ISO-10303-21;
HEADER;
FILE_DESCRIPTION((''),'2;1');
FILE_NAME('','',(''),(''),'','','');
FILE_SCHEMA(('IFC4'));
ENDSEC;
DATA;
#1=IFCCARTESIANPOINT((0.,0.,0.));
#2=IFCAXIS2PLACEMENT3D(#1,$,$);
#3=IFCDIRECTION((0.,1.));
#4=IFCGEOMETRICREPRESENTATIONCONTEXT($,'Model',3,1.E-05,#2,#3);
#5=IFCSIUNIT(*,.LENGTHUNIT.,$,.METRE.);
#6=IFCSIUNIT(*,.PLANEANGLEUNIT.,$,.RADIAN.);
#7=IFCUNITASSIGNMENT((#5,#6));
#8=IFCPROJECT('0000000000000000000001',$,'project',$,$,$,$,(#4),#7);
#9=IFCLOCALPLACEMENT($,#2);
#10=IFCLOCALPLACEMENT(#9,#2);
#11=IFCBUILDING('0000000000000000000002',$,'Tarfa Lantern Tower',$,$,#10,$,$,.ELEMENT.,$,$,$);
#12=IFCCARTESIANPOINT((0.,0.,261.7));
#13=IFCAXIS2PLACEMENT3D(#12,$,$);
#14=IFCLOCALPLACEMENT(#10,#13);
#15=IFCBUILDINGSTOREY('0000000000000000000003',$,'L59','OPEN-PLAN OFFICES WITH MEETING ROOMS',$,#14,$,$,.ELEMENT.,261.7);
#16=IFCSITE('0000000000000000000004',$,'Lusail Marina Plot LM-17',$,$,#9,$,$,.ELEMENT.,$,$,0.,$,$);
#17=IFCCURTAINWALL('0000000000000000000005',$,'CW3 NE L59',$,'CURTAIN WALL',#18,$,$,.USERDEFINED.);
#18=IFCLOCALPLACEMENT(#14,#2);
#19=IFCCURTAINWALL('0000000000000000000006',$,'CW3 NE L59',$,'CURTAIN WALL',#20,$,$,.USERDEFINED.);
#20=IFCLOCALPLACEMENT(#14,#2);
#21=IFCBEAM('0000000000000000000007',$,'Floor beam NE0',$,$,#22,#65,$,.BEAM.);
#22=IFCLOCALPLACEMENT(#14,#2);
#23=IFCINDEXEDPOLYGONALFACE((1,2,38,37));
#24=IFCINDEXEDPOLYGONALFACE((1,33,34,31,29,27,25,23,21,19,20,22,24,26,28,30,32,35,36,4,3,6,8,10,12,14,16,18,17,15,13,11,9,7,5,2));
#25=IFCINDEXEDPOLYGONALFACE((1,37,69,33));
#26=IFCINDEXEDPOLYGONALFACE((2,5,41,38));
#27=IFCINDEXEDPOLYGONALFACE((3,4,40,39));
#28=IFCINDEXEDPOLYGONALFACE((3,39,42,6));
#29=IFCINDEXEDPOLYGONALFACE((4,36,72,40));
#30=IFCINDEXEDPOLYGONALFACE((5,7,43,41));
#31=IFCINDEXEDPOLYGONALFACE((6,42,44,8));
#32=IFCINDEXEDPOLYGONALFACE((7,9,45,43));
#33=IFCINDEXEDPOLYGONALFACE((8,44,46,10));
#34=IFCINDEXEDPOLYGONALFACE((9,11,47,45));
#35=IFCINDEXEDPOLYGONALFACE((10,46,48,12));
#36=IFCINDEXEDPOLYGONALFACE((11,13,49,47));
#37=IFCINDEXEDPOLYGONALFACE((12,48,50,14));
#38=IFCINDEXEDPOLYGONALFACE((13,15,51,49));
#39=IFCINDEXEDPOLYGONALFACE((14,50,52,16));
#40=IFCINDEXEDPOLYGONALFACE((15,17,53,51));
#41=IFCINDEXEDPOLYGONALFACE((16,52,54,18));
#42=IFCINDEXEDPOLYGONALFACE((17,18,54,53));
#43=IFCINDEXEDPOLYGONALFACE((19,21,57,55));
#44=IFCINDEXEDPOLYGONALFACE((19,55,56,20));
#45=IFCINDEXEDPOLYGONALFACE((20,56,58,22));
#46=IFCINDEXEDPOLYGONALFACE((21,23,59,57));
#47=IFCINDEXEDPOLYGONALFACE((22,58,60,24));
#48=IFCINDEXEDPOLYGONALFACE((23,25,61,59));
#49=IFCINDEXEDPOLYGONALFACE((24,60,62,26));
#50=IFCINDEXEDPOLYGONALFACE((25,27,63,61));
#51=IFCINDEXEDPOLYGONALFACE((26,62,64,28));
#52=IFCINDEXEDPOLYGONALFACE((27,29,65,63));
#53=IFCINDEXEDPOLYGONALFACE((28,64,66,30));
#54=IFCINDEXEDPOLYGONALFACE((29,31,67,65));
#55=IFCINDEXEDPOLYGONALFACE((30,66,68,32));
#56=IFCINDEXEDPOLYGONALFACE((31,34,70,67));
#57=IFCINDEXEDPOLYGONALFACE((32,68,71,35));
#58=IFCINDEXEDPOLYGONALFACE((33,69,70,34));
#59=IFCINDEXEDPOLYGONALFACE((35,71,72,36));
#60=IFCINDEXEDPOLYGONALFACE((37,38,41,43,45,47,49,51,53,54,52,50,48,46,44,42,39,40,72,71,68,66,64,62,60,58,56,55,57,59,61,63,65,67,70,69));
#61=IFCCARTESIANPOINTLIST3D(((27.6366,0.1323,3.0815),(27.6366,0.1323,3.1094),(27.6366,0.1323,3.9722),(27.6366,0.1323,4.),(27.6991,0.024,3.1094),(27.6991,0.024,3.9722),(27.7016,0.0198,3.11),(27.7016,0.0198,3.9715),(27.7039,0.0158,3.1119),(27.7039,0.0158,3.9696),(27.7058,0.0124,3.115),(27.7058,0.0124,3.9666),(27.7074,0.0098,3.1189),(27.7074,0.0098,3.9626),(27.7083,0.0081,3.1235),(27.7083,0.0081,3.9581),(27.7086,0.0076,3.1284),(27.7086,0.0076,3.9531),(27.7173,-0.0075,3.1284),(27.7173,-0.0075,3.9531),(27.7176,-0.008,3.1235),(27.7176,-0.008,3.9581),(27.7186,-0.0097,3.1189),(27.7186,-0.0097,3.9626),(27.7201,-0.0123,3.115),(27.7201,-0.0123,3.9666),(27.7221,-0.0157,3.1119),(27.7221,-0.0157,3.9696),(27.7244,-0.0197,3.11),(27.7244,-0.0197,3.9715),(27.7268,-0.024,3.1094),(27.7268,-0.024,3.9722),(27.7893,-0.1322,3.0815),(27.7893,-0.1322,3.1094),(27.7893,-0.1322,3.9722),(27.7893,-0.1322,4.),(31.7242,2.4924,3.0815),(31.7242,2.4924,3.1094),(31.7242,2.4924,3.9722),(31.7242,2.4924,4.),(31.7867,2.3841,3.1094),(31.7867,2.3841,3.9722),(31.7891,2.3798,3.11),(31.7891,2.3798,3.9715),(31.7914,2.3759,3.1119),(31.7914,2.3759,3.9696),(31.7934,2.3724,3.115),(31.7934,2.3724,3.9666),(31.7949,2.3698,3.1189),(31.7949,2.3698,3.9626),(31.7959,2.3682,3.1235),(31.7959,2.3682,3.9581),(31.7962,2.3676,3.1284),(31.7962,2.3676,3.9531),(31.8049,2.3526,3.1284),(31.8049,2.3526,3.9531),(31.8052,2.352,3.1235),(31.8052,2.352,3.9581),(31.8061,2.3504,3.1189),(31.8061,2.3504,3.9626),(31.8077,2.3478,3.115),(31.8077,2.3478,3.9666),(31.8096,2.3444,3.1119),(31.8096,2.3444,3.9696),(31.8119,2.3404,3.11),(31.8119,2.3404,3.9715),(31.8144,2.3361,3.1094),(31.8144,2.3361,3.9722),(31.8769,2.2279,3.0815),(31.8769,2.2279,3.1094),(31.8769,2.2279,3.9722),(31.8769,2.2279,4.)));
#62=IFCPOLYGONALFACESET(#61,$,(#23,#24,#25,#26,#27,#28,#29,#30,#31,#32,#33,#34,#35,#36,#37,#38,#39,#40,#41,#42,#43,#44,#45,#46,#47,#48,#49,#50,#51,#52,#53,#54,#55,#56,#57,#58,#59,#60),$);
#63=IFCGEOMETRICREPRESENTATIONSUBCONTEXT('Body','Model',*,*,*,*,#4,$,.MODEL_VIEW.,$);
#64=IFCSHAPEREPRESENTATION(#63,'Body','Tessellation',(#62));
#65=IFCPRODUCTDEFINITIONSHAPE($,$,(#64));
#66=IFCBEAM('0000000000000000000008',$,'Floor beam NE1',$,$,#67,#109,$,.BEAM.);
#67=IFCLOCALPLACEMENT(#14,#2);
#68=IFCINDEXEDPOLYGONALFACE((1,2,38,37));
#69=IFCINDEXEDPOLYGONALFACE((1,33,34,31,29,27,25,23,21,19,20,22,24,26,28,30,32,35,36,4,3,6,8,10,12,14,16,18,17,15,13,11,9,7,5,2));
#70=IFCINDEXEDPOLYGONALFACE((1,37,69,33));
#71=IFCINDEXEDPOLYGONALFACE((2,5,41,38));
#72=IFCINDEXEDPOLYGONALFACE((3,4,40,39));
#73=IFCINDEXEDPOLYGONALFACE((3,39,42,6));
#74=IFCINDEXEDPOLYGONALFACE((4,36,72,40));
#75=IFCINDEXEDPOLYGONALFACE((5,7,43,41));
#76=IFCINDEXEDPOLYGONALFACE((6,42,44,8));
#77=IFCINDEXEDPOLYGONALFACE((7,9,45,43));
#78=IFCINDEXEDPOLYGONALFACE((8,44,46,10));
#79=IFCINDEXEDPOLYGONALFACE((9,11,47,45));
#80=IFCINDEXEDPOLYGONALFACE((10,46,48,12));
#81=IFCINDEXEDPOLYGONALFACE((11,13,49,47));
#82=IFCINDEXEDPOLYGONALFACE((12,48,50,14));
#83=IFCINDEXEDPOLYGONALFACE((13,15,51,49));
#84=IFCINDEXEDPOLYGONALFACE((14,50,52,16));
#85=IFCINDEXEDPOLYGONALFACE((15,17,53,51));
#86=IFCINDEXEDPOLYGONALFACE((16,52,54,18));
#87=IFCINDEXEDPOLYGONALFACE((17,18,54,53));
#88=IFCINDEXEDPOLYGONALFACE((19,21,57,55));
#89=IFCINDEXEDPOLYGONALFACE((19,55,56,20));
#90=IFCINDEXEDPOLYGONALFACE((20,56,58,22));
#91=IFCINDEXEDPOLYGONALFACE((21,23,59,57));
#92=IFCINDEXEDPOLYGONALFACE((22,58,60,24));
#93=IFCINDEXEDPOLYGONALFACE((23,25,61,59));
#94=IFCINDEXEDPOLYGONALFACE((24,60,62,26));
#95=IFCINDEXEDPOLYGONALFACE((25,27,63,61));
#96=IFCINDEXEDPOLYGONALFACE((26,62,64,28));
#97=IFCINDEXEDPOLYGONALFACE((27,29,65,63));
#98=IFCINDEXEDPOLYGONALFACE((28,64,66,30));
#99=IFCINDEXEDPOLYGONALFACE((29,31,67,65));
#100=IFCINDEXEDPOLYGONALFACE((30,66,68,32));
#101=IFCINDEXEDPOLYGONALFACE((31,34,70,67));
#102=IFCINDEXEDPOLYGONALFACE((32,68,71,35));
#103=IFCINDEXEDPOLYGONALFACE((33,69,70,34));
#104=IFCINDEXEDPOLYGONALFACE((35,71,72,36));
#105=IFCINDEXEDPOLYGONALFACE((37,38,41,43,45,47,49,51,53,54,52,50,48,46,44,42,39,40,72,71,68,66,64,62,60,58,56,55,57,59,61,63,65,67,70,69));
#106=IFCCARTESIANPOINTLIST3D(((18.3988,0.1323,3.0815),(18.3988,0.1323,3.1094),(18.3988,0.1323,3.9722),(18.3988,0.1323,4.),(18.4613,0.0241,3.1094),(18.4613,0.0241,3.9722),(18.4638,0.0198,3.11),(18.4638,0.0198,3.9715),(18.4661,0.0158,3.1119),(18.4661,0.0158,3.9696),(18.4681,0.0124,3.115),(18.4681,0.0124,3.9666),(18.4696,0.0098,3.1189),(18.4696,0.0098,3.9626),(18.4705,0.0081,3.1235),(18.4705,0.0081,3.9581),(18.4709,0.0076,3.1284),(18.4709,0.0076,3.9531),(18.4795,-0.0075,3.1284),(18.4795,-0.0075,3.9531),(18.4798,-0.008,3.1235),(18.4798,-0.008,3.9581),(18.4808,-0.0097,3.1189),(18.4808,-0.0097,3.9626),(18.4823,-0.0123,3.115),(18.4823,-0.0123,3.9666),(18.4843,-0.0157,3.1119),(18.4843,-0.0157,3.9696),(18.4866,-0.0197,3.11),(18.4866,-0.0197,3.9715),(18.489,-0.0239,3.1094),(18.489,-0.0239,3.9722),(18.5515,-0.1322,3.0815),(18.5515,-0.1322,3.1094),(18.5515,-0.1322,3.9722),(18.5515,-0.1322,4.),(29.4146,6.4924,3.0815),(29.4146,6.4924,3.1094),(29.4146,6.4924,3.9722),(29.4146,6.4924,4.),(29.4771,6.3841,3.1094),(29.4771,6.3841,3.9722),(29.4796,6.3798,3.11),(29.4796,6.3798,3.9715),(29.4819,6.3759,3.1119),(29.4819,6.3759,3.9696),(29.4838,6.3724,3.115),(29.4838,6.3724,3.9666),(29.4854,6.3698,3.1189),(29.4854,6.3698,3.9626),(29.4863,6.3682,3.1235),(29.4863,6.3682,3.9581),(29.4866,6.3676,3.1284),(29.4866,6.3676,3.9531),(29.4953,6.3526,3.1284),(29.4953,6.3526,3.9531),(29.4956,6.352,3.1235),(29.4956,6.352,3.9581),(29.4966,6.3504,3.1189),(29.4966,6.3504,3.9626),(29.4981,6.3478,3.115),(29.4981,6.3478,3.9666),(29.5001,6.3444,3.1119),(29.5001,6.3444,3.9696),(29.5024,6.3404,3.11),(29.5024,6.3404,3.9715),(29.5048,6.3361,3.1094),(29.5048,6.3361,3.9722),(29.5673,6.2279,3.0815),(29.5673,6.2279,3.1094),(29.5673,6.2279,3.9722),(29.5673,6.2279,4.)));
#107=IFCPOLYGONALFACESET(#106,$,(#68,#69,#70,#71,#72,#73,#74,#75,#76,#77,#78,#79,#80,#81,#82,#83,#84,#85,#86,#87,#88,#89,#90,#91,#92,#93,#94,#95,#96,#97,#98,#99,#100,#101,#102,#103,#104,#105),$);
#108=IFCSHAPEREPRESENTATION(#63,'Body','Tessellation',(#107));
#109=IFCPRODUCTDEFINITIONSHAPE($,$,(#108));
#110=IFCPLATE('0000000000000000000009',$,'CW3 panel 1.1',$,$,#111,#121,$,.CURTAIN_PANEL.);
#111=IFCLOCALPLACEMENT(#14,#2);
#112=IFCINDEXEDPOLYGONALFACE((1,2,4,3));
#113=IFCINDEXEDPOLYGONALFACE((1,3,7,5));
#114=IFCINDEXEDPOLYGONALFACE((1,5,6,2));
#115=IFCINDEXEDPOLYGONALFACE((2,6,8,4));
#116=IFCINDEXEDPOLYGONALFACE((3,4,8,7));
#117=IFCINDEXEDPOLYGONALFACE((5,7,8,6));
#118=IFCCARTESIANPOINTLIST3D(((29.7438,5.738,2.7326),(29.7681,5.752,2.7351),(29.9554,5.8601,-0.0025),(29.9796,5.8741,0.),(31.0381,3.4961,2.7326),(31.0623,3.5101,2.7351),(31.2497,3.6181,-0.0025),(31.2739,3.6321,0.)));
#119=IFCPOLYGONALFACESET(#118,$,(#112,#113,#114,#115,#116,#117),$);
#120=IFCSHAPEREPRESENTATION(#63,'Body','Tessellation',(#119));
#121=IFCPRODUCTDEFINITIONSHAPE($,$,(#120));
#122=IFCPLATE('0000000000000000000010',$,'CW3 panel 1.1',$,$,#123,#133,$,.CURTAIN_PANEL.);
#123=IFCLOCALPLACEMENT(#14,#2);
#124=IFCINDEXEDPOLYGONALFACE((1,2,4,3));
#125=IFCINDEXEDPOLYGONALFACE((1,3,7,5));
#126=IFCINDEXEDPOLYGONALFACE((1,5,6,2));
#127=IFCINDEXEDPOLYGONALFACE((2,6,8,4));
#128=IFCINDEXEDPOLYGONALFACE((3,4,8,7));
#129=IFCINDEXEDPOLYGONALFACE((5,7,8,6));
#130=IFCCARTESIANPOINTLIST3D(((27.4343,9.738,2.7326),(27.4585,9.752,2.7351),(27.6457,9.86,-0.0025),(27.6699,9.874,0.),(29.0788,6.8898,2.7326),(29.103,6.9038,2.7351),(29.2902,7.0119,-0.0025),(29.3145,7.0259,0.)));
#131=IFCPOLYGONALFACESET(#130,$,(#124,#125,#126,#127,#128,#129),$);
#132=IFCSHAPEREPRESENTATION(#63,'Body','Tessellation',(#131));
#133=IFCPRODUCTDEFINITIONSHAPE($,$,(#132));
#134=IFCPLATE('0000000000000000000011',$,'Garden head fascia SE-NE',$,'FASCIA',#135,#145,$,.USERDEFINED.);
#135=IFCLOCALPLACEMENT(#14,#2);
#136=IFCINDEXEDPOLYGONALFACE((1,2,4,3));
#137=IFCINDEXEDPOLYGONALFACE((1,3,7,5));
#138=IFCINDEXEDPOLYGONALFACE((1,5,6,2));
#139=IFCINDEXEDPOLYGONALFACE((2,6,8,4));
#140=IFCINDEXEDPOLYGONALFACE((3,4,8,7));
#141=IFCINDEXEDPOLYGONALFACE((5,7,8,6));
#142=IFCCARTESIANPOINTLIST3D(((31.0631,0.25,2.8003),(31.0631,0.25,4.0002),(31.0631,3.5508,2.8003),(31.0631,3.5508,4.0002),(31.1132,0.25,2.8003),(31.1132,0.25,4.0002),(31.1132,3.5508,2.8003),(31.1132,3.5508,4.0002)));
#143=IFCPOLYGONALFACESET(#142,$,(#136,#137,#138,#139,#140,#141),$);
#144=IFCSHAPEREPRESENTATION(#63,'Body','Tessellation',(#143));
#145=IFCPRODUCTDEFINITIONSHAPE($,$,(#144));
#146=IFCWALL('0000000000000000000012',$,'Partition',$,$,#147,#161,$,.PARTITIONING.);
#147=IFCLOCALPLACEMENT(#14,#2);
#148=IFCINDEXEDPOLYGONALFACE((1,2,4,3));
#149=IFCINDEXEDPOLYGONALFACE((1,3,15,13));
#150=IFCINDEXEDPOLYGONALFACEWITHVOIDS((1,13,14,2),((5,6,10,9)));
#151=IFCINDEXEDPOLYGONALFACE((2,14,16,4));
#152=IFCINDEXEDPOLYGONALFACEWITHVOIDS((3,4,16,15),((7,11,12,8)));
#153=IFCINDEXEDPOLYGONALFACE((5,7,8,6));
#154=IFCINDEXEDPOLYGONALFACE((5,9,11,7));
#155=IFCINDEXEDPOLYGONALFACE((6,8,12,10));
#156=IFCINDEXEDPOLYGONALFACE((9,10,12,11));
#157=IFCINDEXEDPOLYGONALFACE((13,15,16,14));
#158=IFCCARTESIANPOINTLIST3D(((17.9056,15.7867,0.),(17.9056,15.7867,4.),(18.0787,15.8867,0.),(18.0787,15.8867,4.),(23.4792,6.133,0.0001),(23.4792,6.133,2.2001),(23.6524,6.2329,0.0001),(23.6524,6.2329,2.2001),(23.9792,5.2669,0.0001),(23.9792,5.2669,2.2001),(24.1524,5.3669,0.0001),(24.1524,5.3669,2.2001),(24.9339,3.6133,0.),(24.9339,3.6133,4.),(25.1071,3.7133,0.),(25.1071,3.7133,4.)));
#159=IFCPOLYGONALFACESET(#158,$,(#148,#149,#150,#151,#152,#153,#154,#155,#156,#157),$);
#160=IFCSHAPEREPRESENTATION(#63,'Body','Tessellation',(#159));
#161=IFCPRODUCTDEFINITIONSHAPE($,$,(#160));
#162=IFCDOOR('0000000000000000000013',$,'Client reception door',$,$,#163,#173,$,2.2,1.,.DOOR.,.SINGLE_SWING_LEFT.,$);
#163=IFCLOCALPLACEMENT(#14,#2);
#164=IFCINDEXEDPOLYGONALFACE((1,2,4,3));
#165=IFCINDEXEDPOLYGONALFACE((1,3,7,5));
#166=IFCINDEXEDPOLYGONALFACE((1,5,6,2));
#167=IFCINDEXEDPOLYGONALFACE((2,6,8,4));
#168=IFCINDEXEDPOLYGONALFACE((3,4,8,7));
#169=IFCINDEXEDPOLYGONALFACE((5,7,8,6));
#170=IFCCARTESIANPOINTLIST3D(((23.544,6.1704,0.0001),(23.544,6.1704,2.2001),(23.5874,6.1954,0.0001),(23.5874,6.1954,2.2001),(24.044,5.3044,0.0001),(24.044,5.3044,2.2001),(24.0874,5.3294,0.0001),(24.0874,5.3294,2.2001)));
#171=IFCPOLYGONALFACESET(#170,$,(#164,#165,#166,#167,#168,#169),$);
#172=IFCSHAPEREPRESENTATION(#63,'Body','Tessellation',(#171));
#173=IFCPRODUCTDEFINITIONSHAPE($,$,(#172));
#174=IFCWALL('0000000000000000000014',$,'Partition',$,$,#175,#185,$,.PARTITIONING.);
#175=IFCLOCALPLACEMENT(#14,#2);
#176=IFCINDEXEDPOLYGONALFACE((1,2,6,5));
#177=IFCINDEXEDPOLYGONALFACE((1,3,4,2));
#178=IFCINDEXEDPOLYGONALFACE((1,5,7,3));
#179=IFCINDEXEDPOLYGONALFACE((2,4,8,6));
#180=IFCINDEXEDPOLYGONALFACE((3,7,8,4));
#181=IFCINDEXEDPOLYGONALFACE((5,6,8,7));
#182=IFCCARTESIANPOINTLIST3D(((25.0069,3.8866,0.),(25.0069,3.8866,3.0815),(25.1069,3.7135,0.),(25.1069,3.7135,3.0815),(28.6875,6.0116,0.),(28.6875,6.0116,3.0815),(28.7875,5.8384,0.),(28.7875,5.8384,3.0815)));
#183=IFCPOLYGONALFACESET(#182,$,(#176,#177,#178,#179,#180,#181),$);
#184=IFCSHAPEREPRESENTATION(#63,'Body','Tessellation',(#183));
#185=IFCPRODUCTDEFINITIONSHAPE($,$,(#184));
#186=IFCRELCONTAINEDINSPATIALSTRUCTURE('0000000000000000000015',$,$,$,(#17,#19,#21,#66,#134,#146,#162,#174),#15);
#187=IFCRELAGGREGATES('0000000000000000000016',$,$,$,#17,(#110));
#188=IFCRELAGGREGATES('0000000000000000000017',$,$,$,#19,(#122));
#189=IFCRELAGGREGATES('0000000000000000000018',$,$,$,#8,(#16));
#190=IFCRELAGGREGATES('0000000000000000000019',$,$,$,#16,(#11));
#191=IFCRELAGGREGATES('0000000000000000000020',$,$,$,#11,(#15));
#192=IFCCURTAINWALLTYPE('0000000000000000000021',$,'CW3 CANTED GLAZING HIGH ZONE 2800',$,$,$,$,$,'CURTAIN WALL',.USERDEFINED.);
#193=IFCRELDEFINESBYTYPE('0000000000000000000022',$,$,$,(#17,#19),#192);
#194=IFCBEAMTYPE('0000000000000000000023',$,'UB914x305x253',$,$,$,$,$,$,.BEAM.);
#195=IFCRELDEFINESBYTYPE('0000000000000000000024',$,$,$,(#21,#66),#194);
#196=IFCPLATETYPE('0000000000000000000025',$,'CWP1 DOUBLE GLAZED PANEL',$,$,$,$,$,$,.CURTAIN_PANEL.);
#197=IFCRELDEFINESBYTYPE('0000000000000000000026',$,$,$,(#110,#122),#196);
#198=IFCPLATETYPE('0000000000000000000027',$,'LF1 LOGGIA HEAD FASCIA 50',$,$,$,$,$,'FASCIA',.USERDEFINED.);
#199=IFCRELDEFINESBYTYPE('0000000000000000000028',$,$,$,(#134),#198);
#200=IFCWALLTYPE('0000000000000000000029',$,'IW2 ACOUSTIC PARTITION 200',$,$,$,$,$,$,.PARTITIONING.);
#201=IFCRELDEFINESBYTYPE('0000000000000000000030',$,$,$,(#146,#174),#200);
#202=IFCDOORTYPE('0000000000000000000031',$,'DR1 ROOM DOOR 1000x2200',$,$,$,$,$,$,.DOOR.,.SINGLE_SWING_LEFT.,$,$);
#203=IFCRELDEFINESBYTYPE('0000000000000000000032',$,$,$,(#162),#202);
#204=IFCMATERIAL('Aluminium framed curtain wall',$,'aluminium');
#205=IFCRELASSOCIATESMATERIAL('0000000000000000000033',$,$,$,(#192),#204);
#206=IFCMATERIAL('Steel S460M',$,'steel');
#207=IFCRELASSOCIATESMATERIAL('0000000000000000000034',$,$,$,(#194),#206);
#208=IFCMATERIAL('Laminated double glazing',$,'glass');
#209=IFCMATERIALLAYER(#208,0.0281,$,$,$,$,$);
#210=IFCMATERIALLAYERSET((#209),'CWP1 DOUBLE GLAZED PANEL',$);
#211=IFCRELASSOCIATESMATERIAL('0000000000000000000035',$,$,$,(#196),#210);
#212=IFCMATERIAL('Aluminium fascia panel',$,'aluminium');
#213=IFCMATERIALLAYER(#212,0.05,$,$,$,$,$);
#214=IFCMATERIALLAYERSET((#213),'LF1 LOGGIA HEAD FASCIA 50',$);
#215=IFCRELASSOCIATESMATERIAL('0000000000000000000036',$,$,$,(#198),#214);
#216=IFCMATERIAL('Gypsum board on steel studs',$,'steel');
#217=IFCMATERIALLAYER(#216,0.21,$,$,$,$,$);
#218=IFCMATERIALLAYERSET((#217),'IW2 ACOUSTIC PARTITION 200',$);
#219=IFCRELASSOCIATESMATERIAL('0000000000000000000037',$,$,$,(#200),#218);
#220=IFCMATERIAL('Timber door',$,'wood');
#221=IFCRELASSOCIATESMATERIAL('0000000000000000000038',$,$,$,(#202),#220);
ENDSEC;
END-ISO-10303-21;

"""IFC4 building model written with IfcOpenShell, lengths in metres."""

from ifc_helpers import new_model, si_unit, direction, frame, frame_2d, origin, origin_2d, place, context, subcontext, project, spatial, polyline, rectangle, i_section, outline, extrude, material, layer, layer_set, material_profile, profile_set, type_object, element, fill, aggregate, save


model = new_model("IFC4")

# Units and contexts
model_context = context("Model", 3, precision=1e-05, world=origin(), true_north=direction((0.0, 1.0)))
body_context = subcontext(model_context, "Body", "Model", "MODEL_VIEW")
ifc_project = project(units=[si_unit("LENGTHUNIT", "METRE"), si_unit("PLANEANGLEUNIT", "RADIAN")], contexts=[model_context])

# Site, building, storey
site_placement = place(None, origin())
site = spatial("IfcSite", under=ifc_project, at=site_placement, Name="Lusail Marina Plot LM-17", CompositionType="ELEMENT", RefElevation=0.0)
building_placement = place(site_placement, origin())
building = spatial("IfcBuilding", under=site, at=building_placement, Name="Tarfa Lantern Tower", CompositionType="ELEMENT")
storey_placement = place(building_placement, frame((0.0, 0.0, 261.7)))
storey = spatial("IfcBuildingStorey", under=building, at=storey_placement, Name="L59", Description="OPEN-PLAN OFFICES WITH MEETING ROOMS", CompositionType="ELEMENT", Elevation=261.7)

# Curtain walls
ifc_material_1 = material(Name="Aluminium framed curtain wall", Category="aluminium")
curtain_wall_type = type_object("IfcCurtainWallType", Name="CW3 CANTED GLAZING HIGH ZONE 2800", ElementType="CURTAIN WALL", PredefinedType="USERDEFINED", material=ifc_material_1)
curtain_wall_1_placement = place(storey_placement, origin())
curtain_wall_1 = element("IfcCurtainWall", 1, at=curtain_wall_1_placement, inside=storey, type_object=curtain_wall_type, Name="CW3 NE L59", ObjectType="CURTAIN WALL", PredefinedType="USERDEFINED")
curtain_wall_2_placement = place(storey_placement, origin())
curtain_wall_2 = element("IfcCurtainWall", 2, at=curtain_wall_2_placement, inside=storey, type_object=curtain_wall_type, Name="CW3 NE L59", ObjectType="CURTAIN WALL", PredefinedType="USERDEFINED")

# Beams
ifc_material_2 = material(Name="Steel S460M", Category="steel")
ifc_material_profile_1 = material_profile(ifc_material_2, i_section(OverallWidth=0.3054, OverallDepth=0.9185, WebThickness=0.0173, FlangeThickness=0.0278, FilletRadius=0.019, at=origin_2d()), Name="UB914x305x253")
ifc_profile_set_1 = profile_set([ifc_material_profile_1], Name="Steel S460M")
beam_type_1 = type_object("IfcBeamType", Name="UB914x305x253", PredefinedType="BEAM", material=ifc_profile_set_1)
beam_1_placement = place(storey_placement, frame((31.8005, 2.3601, 3.5408), z_axis=(-0.866016, -0.500016, 0.0), x_axis=(0.500016, -0.866016, 0.0)))
element("IfcBeam", 3, at=beam_1_placement, inside=storey, type_object=beam_type_1, Name="Floor beam NE0", PredefinedType="BEAM", context=body_context, shape_type="SweptSolid", body=[
    extrude(i_section(OverallWidth=0.3054, OverallDepth=0.9185, WebThickness=0.0173, FlangeThickness=0.0278, FilletRadius=0.019, at=origin_2d()), origin(), (0.0, 0.0, 1.0), 4.72),
])
beam_2_placement = place(storey_placement, frame((29.491, 6.3601, 3.5408), z_axis=(-0.866022, -0.500005, 0.0), x_axis=(0.500005, -0.866022, 0.0)))
element("IfcBeam", 4, at=beam_2_placement, inside=storey, type_object=beam_type_1, Name="Floor beam NE1", PredefinedType="BEAM", context=body_context, shape_type="SweptSolid", body=[
    extrude(i_section(OverallWidth=0.3054, OverallDepth=0.9185, WebThickness=0.0173, FlangeThickness=0.0278, FilletRadius=0.019, at=origin_2d()), origin(), (0.0, 0.0, 1.0), 12.72),
])

# Plates
ifc_material_3 = material(Name="Laminated double glazing", Category="glass")
ifc_layer_1 = layer(ifc_material_3, 0.0281)
ifc_layer_set_1 = layer_set([ifc_layer_1], Name="CWP1 DOUBLE GLAZED PANEL")
plate_type_1 = type_object("IfcPlateType", Name="CWP1 DOUBLE GLAZED PANEL", PredefinedType="CURTAIN_PANEL", material=ifc_layer_set_1)
plate_1_placement = place(storey_placement, frame((31.2739, 3.6321, 0.0), z_axis=(0.862605, 0.497997, 0.088945), x_axis=(-0.499979, 0.866038, 0.000004)))
plate_1 = element("IfcPlate", 5, at=plate_1_placement, type_object=plate_type_1, Name="CW3 panel 1.1", PredefinedType="CURTAIN_PANEL", context=body_context, shape_type="SweptSolid", body=[
    extrude(outline(polyline([(0.0, 0.0), (2.5888, 0.0), (2.5888, 2.746), (0.0001, 2.746), (0.0, 0.0)])), origin(), (0.0, 0.0, -1.0), 0.0281),
])
aggregate(curtain_wall_1, [plate_1])
plate_2_placement = place(storey_placement, frame((29.3145, 7.0259, 0.0), z_axis=(0.862576, 0.498055, 0.088906), x_axis=(-0.500035, 0.866005, 0.0)))
plate_2 = element("IfcPlate", 6, at=plate_2_placement, type_object=plate_type_1, Name="CW3 panel 1.1", PredefinedType="CURTAIN_PANEL", context=body_context, shape_type="SweptSolid", body=[
    extrude(outline(polyline([(0.0, 0.0), (3.2888, 0.0), (3.2888, 2.746), (0.0, 2.746), (0.0, 0.0)])), origin(), (0.0, 0.0, -1.0), 0.0281),
])
aggregate(curtain_wall_2, [plate_2])
ifc_material_4 = material(Name="Aluminium fascia panel", Category="aluminium")
ifc_layer_2 = layer(ifc_material_4, 0.05)
ifc_layer_set_2 = layer_set([ifc_layer_2], Name="LF1 LOGGIA HEAD FASCIA 50")
plate_type_2 = type_object("IfcPlateType", Name="LF1 LOGGIA HEAD FASCIA 50", ElementType="FASCIA", PredefinedType="USERDEFINED", material=ifc_layer_set_2)
plate_3_placement = place(storey_placement, frame((31.0881, 1.9004, 2.8003), z_axis=(0.0, 0.0, 1.0), x_axis=(0.0, 1.0, 0.0)))
element("IfcPlate", 7, at=plate_3_placement, inside=storey, type_object=plate_type_2, Name="Garden head fascia SE-NE", ObjectType="FASCIA", PredefinedType="USERDEFINED", context=body_context, shape_type="SweptSolid", body=[
    extrude(rectangle(XDim=3.3008, YDim=0.05, at=origin_2d()), origin(), (0.0, 0.0, 1.0), 1.2),
])

# Wall, opening, door
ifc_material_5 = material(Name="Gypsum board on steel studs", Category="steel")
ifc_layer_3 = layer(ifc_material_5, 0.21)
ifc_layer_set_3 = layer_set([ifc_layer_3], Name="IW2 ACOUSTIC PARTITION 200")
wall_type = type_object("IfcWallType", Name="IW2 ACOUSTIC PARTITION 200", PredefinedType="PARTITIONING", material=ifc_layer_set_3)
wall_1_placement = place(storey_placement, frame((25.0205, 3.6633, 0.0), z_axis=(0.0, 0.0, 1.0), x_axis=(-0.500002, 0.866024, 0.0)))
wall_1 = element("IfcWall", 8, at=wall_1_placement, inside=storey, type_object=wall_type, Name="Partition", PredefinedType="PARTITIONING", context=body_context, shape_type="SweptSolid", body=[
    extrude(rectangle(XDim=14.0566, YDim=0.2, at=frame_2d((7.0283, 0.0))), origin(), (0.0, 0.0, 1.0), 4.0),
])
opening_1_placement = place(wall_1_placement, frame((1.9094, 0.0, 0.0)))
opening_1 = element("IfcOpeningElement", 9, at=opening_1_placement, cuts=wall_1, PredefinedType="OPENING", context=body_context, shape_type="SweptSolid", body=[
    extrude(rectangle(XDim=1.0, YDim=2.2, at=frame_2d((0.5, 1.1001))), frame((0.0, 0.1099, 0.0), z_axis=(0.0, -1.0, 0.0), x_axis=(1.0, 0.0, 0.0)), (0.0, 0.0, 1.0), 0.22),
])
ifc_material_6 = material(Name="Timber door", Category="wood")
door_type = type_object("IfcDoorType", Name="DR1 ROOM DOOR 1000x2200", OperationType="SINGLE_SWING_LEFT", PredefinedType="DOOR", material=ifc_material_6)
door_1_placement = place(opening_1_placement, frame((1.0, 0.0, 0.0), z_axis=(0.0, 0.0, 1.0), x_axis=(-1.0, 0.0, 0.0)))
door_1 = element("IfcDoor", 10, at=door_1_placement, inside=storey, type_object=door_type, Name="Client reception door", OperationType="SINGLE_SWING_LEFT", OverallHeight=2.2, OverallWidth=1.0, PredefinedType="DOOR", context=body_context, shape_type="SweptSolid", body=[
    extrude(rectangle(XDim=1.0, YDim=2.2, at=frame_2d((0.5, 1.1001))), frame((0.0, 0.0249, 0.0), z_axis=(0.0, -1.0, 0.0), x_axis=(1.0, 0.0, 0.0)), (0.0, 0.0, 1.0), 0.05),
])
fill(opening_1, door_1)

# Wall
wall_2_placement = place(storey_placement, frame((25.0569, 3.8, 0.0), z_axis=(0.0, 0.0, 1.0), x_axis=(0.866029, 0.499994, 0.0)))
element("IfcWall", 11, at=wall_2_placement, inside=storey, type_object=wall_type, Name="Partition", PredefinedType="PARTITIONING", context=body_context, shape_type="SweptSolid", body=[
    extrude(rectangle(XDim=4.25, YDim=0.2, at=frame_2d((2.125, 0.0))), origin(), (0.0, 0.0, 1.0), 3.0815),
])

save(model, "model.ifc")
